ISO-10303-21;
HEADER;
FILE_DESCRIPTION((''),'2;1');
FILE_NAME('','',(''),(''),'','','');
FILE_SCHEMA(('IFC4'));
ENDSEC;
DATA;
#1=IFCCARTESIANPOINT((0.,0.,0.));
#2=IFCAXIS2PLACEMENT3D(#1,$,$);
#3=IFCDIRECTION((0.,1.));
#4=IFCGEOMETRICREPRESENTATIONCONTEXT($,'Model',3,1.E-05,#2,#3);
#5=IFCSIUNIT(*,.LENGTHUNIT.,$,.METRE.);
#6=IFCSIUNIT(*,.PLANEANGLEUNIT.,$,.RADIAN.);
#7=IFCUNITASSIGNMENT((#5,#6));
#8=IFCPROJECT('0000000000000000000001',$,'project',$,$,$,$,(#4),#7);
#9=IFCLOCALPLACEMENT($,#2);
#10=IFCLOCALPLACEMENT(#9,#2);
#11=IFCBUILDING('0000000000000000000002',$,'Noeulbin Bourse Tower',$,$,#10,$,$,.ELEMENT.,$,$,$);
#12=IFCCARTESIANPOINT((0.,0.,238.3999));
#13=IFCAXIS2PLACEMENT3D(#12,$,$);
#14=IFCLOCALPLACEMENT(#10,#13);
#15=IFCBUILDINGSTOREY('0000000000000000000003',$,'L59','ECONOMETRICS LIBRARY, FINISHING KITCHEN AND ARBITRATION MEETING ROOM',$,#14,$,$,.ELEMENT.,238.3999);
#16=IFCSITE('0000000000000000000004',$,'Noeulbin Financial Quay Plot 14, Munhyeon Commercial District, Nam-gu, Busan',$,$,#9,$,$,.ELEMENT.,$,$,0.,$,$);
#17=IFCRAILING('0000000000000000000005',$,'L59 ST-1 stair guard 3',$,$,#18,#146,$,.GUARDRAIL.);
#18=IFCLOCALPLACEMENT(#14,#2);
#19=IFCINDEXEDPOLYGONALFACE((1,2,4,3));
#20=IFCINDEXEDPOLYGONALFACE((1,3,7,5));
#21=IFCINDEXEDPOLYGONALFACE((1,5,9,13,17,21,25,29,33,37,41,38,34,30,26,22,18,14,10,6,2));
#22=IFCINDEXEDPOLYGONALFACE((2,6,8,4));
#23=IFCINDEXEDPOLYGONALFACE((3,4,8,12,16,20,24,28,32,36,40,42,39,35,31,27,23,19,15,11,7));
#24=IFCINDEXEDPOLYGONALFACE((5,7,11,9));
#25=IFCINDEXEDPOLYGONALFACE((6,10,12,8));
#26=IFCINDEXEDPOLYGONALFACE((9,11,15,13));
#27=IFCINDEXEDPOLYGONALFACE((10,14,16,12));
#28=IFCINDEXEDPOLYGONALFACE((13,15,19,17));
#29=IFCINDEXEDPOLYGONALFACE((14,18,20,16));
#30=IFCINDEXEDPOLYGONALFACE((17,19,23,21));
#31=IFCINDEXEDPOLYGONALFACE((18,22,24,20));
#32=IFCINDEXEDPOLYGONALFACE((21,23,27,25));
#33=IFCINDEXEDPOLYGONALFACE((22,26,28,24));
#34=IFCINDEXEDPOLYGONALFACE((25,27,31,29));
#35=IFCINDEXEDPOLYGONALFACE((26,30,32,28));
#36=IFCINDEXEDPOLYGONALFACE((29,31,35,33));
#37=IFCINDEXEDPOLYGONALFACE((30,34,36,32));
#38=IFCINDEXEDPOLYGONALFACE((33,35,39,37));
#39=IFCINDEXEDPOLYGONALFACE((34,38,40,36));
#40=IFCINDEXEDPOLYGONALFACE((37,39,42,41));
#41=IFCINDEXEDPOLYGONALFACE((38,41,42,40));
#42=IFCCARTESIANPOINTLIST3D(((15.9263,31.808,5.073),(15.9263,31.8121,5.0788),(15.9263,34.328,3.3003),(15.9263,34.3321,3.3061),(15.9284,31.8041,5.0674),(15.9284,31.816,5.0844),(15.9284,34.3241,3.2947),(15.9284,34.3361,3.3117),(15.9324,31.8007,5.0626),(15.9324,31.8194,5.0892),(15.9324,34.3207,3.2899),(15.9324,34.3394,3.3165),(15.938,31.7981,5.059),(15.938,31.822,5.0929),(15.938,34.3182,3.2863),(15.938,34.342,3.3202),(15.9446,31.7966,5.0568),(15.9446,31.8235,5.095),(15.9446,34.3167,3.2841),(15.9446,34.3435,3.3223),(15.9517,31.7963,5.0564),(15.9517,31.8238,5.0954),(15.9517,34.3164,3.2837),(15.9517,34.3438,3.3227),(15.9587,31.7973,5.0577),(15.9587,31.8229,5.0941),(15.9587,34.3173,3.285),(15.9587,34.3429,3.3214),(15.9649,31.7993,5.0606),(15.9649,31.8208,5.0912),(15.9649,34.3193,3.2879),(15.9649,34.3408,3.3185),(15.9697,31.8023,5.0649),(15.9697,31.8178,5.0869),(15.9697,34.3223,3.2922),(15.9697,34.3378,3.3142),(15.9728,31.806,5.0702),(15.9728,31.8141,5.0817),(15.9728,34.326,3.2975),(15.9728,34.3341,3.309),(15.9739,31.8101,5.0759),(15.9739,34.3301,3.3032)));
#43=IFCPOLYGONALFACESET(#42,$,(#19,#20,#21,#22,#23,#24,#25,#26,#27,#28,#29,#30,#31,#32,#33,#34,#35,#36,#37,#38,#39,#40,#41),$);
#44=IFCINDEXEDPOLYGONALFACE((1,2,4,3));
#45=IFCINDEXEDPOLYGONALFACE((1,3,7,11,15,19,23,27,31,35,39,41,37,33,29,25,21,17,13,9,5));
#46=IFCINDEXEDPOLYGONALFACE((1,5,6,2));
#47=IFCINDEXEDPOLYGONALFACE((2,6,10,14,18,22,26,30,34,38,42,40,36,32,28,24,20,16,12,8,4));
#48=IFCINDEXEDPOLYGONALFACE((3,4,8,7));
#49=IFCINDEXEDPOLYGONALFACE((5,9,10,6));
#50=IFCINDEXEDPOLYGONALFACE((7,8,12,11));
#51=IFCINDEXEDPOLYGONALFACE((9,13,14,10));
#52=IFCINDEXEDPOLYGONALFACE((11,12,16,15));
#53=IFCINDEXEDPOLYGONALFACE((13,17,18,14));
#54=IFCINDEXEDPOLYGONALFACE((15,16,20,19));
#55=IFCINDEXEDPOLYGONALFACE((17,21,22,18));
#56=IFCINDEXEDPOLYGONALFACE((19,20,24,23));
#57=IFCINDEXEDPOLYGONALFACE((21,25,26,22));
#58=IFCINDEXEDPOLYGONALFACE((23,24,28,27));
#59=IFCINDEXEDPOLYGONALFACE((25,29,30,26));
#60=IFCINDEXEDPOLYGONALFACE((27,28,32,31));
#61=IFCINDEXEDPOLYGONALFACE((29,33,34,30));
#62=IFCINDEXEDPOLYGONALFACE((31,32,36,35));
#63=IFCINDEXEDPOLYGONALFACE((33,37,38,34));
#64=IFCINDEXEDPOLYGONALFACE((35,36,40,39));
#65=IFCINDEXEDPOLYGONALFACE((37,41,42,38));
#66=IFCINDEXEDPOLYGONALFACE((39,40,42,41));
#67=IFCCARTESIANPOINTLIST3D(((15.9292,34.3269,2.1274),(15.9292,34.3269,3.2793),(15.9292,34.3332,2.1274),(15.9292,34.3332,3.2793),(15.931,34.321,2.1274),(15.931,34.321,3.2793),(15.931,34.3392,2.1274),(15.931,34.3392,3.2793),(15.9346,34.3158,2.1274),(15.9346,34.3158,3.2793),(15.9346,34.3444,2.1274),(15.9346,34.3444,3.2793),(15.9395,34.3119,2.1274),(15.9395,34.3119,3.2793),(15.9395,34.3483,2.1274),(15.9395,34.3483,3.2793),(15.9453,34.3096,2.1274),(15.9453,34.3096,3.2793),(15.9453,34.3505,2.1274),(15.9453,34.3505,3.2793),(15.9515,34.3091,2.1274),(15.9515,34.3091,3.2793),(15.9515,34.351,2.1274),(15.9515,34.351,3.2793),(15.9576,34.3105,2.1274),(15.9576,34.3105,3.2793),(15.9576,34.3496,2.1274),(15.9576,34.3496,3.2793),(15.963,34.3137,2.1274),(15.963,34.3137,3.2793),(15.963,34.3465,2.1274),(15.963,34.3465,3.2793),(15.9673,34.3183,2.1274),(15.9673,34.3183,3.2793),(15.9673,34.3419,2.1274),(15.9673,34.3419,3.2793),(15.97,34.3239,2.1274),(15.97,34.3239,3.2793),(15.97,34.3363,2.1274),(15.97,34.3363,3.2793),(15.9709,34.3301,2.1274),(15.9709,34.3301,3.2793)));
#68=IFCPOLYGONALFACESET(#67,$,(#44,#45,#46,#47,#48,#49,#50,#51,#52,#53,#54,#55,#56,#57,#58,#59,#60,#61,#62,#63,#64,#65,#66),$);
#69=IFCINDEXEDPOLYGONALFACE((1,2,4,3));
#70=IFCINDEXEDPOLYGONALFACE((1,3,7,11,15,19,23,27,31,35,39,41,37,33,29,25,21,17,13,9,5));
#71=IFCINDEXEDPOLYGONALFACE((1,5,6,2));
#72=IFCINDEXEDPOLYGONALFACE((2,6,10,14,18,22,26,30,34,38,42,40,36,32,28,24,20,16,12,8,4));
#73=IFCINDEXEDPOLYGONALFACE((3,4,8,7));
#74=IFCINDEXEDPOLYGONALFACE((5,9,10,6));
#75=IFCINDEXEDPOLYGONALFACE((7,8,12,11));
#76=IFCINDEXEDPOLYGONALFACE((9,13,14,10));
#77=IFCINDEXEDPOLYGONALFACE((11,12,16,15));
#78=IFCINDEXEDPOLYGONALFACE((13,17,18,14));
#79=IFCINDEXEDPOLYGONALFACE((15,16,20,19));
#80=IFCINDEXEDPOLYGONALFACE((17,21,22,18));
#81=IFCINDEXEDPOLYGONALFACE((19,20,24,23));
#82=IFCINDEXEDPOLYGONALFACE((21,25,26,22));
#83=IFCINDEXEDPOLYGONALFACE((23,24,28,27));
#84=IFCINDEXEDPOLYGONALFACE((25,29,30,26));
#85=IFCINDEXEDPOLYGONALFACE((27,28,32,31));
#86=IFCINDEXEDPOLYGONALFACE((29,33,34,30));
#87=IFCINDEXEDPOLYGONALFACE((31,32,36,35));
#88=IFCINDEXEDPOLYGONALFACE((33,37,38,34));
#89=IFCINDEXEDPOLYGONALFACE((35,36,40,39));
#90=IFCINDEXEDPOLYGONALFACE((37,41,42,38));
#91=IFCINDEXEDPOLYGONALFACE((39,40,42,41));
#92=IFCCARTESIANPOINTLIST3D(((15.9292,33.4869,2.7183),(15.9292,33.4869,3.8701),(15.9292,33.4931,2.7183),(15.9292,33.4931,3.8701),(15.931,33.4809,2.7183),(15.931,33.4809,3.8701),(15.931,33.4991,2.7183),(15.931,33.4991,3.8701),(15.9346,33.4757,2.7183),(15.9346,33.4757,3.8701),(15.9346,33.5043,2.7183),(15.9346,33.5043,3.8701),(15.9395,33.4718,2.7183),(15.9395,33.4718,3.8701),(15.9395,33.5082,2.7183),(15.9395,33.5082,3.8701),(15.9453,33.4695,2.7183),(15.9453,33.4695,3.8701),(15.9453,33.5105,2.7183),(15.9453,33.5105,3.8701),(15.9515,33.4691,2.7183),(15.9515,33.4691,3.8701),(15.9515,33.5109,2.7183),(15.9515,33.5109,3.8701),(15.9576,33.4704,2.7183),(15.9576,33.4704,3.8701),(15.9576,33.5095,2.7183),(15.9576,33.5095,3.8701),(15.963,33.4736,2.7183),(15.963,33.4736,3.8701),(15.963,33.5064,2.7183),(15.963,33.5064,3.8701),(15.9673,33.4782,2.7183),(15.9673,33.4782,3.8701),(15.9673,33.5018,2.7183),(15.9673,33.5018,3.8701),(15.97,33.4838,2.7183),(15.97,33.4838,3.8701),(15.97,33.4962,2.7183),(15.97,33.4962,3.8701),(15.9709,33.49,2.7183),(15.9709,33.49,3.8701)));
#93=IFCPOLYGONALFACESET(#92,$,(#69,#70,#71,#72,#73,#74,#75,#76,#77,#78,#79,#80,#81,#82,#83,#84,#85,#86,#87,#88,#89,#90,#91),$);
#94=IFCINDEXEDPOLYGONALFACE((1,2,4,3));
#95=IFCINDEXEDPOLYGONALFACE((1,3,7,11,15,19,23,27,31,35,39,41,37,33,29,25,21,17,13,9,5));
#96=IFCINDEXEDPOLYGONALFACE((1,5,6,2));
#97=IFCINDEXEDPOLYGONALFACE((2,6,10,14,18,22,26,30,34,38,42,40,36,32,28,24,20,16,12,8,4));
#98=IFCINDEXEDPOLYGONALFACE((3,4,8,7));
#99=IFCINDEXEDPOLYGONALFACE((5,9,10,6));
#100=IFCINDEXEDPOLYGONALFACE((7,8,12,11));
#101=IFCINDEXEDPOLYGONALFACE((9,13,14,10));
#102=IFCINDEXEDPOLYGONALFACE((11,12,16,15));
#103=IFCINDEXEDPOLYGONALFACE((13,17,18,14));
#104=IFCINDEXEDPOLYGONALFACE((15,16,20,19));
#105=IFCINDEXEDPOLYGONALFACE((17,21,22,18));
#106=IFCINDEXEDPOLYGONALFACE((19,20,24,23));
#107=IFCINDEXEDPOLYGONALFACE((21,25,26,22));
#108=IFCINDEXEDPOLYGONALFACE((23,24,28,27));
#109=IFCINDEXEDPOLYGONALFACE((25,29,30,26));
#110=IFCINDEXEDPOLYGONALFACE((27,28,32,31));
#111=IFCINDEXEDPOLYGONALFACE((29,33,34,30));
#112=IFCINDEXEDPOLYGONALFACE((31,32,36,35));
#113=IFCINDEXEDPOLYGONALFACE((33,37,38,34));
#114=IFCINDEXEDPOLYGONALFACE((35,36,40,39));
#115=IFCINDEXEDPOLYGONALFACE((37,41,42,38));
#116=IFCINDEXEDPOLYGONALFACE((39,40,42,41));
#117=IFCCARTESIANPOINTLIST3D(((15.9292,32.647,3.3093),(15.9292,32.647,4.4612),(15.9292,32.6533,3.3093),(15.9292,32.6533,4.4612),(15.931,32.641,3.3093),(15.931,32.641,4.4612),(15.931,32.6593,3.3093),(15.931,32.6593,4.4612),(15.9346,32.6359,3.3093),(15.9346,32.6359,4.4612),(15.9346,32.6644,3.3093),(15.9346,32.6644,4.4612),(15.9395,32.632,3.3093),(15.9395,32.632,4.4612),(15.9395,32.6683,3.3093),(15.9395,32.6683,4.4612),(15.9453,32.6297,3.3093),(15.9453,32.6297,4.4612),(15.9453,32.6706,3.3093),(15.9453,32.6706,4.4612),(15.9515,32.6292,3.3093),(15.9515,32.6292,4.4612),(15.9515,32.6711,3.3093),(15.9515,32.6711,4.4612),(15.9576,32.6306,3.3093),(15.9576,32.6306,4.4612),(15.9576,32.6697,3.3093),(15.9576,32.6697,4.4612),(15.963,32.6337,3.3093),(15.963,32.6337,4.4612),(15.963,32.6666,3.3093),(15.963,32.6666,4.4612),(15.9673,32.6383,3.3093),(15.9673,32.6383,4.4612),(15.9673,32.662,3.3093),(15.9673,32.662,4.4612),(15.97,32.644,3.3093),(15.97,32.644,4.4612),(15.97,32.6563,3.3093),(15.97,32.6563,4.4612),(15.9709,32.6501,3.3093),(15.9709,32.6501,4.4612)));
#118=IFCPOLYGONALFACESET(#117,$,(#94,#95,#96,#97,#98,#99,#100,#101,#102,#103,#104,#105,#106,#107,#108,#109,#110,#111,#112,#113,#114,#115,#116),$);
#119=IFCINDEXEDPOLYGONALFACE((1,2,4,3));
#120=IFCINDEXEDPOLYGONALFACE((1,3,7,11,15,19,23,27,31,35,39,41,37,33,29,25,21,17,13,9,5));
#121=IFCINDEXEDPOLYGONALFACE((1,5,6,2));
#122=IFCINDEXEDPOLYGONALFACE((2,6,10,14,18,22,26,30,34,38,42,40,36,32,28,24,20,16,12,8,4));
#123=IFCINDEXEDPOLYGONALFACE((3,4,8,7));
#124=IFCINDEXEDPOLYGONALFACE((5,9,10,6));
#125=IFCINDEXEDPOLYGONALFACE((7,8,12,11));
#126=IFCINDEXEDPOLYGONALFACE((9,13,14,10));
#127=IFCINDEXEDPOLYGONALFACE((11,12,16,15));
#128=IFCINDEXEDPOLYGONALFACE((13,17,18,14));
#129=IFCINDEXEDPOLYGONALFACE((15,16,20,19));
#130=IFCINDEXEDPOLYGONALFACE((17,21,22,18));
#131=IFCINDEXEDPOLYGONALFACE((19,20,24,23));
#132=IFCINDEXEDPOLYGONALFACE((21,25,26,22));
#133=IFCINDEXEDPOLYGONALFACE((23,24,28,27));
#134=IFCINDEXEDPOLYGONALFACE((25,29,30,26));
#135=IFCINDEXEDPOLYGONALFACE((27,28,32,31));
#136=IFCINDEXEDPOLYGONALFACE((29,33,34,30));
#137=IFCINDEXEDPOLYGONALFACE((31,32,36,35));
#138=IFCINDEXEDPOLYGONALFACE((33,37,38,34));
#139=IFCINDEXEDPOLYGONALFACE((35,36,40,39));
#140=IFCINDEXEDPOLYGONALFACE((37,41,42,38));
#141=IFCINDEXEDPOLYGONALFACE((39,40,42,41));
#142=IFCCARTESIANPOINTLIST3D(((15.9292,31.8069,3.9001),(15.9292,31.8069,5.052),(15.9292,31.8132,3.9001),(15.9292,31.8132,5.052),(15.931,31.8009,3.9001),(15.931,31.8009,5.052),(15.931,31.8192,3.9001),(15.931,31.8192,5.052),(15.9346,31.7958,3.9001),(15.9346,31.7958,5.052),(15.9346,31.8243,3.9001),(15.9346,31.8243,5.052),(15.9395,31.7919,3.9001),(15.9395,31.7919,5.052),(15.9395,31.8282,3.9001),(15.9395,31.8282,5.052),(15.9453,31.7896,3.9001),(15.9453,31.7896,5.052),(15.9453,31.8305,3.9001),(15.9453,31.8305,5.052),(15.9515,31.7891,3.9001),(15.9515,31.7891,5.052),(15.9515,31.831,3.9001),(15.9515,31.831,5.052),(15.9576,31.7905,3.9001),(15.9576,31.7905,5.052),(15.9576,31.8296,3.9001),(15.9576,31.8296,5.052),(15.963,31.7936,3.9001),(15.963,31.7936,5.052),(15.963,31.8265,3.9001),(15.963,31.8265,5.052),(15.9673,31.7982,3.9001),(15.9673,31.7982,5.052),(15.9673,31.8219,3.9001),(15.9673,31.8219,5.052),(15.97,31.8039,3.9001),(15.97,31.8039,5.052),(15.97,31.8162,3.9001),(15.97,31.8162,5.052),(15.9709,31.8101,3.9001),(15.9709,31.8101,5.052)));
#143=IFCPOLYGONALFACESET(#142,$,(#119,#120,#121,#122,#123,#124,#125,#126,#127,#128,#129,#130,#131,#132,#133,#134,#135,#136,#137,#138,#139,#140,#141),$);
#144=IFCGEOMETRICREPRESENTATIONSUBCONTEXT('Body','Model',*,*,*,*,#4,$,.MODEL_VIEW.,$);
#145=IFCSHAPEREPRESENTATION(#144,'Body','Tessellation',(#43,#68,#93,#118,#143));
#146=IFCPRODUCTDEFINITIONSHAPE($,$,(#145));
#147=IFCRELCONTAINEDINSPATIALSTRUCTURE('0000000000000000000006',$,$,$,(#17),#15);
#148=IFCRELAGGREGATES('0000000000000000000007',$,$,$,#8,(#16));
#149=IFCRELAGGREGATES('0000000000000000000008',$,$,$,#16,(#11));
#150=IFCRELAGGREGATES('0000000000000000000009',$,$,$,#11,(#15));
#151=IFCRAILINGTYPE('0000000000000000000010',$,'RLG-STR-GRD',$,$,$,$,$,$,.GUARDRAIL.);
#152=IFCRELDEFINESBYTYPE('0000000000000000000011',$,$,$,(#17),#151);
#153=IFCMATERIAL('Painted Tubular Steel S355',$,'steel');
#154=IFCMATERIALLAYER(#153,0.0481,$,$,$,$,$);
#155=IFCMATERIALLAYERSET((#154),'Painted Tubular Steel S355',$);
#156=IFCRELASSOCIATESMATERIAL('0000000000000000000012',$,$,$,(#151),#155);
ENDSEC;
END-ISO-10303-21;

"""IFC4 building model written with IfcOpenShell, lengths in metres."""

from ifc_helpers import new_model, si_unit, direction, frame, origin, origin_2d, place, context, subcontext, project, spatial, circle, extrude, material, layer, layer_set, type_object, element, save


model = new_model("IFC4")

# Units and contexts
model_context = context("Model", 3, precision=1e-05, world=origin(), true_north=direction((0.0, 1.0)))
body_context = subcontext(model_context, "Body", "Model", "MODEL_VIEW")
ifc_project = project(units=[si_unit("LENGTHUNIT", "METRE"), si_unit("PLANEANGLEUNIT", "RADIAN")], contexts=[model_context])

# Site, building, storey
site_placement = place(None, origin())
site = spatial("IfcSite", under=ifc_project, at=site_placement, Name="Noeulbin Financial Quay Plot 14, Munhyeon Commercial District, Nam-gu, Busan", CompositionType="ELEMENT", RefElevation=0.0)
building_placement = place(site_placement, origin())
building = spatial("IfcBuilding", under=site, at=building_placement, Name="Noeulbin Bourse Tower", CompositionType="ELEMENT")
storey_placement = place(building_placement, frame((0.0, 0.0, 238.3999)))
storey = spatial("IfcBuildingStorey", under=building, at=storey_placement, Name="L59", Description="ECONOMETRICS LIBRARY, FINISHING KITCHEN AND ARBITRATION MEETING ROOM", CompositionType="ELEMENT", Elevation=238.3999)

# Railing
ifc_material_1 = material(Name="Painted Tubular Steel S355", Category="steel")
ifc_layer_1 = layer(ifc_material_1, 0.0481)
ifc_layer_set_1 = layer_set([ifc_layer_1], Name="Painted Tubular Steel S355")
railing_type_1 = type_object("IfcRailingType", Name="RLG-STR-GRD", PredefinedType="GUARDRAIL", material=ifc_layer_set_1)
railing_1_placement = place(storey_placement, frame((15.95, 34.3301, 2.1274)))
element("IfcRailing", 1, at=railing_1_placement, inside=storey, type_object=railing_type_1, Name="L59 ST-1 stair guard 3", PredefinedType="GUARDRAIL", context=body_context, shape_type="SweptSolid", body=[
    extrude(circle(Radius=0.0239, at=origin_2d()), frame((0.0, 0.0, 1.1758), z_axis=(0.0, -0.817904, 0.575354), x_axis=(1.0, 0.0, 0.0)), (0.0, 0.0, 1.0), 3.0811),
    extrude(circle(Radius=0.021, at=origin_2d()), origin(), (0.0, 0.0, 1.0), 1.1519),
    extrude(circle(Radius=0.021, at=origin_2d()), frame((0.0, -0.8401, 0.5908)), (0.0, 0.0, 1.0), 1.1519),
    extrude(circle(Radius=0.021, at=origin_2d()), frame((0.0, -1.6799, 1.1819)), (0.0, 0.0, 1.0), 1.1519),
    extrude(circle(Radius=0.021, at=origin_2d()), frame((0.0, -2.52, 1.7727)), (0.0, 0.0, 1.0), 1.1519),
])

save(model, "model.ifc")
